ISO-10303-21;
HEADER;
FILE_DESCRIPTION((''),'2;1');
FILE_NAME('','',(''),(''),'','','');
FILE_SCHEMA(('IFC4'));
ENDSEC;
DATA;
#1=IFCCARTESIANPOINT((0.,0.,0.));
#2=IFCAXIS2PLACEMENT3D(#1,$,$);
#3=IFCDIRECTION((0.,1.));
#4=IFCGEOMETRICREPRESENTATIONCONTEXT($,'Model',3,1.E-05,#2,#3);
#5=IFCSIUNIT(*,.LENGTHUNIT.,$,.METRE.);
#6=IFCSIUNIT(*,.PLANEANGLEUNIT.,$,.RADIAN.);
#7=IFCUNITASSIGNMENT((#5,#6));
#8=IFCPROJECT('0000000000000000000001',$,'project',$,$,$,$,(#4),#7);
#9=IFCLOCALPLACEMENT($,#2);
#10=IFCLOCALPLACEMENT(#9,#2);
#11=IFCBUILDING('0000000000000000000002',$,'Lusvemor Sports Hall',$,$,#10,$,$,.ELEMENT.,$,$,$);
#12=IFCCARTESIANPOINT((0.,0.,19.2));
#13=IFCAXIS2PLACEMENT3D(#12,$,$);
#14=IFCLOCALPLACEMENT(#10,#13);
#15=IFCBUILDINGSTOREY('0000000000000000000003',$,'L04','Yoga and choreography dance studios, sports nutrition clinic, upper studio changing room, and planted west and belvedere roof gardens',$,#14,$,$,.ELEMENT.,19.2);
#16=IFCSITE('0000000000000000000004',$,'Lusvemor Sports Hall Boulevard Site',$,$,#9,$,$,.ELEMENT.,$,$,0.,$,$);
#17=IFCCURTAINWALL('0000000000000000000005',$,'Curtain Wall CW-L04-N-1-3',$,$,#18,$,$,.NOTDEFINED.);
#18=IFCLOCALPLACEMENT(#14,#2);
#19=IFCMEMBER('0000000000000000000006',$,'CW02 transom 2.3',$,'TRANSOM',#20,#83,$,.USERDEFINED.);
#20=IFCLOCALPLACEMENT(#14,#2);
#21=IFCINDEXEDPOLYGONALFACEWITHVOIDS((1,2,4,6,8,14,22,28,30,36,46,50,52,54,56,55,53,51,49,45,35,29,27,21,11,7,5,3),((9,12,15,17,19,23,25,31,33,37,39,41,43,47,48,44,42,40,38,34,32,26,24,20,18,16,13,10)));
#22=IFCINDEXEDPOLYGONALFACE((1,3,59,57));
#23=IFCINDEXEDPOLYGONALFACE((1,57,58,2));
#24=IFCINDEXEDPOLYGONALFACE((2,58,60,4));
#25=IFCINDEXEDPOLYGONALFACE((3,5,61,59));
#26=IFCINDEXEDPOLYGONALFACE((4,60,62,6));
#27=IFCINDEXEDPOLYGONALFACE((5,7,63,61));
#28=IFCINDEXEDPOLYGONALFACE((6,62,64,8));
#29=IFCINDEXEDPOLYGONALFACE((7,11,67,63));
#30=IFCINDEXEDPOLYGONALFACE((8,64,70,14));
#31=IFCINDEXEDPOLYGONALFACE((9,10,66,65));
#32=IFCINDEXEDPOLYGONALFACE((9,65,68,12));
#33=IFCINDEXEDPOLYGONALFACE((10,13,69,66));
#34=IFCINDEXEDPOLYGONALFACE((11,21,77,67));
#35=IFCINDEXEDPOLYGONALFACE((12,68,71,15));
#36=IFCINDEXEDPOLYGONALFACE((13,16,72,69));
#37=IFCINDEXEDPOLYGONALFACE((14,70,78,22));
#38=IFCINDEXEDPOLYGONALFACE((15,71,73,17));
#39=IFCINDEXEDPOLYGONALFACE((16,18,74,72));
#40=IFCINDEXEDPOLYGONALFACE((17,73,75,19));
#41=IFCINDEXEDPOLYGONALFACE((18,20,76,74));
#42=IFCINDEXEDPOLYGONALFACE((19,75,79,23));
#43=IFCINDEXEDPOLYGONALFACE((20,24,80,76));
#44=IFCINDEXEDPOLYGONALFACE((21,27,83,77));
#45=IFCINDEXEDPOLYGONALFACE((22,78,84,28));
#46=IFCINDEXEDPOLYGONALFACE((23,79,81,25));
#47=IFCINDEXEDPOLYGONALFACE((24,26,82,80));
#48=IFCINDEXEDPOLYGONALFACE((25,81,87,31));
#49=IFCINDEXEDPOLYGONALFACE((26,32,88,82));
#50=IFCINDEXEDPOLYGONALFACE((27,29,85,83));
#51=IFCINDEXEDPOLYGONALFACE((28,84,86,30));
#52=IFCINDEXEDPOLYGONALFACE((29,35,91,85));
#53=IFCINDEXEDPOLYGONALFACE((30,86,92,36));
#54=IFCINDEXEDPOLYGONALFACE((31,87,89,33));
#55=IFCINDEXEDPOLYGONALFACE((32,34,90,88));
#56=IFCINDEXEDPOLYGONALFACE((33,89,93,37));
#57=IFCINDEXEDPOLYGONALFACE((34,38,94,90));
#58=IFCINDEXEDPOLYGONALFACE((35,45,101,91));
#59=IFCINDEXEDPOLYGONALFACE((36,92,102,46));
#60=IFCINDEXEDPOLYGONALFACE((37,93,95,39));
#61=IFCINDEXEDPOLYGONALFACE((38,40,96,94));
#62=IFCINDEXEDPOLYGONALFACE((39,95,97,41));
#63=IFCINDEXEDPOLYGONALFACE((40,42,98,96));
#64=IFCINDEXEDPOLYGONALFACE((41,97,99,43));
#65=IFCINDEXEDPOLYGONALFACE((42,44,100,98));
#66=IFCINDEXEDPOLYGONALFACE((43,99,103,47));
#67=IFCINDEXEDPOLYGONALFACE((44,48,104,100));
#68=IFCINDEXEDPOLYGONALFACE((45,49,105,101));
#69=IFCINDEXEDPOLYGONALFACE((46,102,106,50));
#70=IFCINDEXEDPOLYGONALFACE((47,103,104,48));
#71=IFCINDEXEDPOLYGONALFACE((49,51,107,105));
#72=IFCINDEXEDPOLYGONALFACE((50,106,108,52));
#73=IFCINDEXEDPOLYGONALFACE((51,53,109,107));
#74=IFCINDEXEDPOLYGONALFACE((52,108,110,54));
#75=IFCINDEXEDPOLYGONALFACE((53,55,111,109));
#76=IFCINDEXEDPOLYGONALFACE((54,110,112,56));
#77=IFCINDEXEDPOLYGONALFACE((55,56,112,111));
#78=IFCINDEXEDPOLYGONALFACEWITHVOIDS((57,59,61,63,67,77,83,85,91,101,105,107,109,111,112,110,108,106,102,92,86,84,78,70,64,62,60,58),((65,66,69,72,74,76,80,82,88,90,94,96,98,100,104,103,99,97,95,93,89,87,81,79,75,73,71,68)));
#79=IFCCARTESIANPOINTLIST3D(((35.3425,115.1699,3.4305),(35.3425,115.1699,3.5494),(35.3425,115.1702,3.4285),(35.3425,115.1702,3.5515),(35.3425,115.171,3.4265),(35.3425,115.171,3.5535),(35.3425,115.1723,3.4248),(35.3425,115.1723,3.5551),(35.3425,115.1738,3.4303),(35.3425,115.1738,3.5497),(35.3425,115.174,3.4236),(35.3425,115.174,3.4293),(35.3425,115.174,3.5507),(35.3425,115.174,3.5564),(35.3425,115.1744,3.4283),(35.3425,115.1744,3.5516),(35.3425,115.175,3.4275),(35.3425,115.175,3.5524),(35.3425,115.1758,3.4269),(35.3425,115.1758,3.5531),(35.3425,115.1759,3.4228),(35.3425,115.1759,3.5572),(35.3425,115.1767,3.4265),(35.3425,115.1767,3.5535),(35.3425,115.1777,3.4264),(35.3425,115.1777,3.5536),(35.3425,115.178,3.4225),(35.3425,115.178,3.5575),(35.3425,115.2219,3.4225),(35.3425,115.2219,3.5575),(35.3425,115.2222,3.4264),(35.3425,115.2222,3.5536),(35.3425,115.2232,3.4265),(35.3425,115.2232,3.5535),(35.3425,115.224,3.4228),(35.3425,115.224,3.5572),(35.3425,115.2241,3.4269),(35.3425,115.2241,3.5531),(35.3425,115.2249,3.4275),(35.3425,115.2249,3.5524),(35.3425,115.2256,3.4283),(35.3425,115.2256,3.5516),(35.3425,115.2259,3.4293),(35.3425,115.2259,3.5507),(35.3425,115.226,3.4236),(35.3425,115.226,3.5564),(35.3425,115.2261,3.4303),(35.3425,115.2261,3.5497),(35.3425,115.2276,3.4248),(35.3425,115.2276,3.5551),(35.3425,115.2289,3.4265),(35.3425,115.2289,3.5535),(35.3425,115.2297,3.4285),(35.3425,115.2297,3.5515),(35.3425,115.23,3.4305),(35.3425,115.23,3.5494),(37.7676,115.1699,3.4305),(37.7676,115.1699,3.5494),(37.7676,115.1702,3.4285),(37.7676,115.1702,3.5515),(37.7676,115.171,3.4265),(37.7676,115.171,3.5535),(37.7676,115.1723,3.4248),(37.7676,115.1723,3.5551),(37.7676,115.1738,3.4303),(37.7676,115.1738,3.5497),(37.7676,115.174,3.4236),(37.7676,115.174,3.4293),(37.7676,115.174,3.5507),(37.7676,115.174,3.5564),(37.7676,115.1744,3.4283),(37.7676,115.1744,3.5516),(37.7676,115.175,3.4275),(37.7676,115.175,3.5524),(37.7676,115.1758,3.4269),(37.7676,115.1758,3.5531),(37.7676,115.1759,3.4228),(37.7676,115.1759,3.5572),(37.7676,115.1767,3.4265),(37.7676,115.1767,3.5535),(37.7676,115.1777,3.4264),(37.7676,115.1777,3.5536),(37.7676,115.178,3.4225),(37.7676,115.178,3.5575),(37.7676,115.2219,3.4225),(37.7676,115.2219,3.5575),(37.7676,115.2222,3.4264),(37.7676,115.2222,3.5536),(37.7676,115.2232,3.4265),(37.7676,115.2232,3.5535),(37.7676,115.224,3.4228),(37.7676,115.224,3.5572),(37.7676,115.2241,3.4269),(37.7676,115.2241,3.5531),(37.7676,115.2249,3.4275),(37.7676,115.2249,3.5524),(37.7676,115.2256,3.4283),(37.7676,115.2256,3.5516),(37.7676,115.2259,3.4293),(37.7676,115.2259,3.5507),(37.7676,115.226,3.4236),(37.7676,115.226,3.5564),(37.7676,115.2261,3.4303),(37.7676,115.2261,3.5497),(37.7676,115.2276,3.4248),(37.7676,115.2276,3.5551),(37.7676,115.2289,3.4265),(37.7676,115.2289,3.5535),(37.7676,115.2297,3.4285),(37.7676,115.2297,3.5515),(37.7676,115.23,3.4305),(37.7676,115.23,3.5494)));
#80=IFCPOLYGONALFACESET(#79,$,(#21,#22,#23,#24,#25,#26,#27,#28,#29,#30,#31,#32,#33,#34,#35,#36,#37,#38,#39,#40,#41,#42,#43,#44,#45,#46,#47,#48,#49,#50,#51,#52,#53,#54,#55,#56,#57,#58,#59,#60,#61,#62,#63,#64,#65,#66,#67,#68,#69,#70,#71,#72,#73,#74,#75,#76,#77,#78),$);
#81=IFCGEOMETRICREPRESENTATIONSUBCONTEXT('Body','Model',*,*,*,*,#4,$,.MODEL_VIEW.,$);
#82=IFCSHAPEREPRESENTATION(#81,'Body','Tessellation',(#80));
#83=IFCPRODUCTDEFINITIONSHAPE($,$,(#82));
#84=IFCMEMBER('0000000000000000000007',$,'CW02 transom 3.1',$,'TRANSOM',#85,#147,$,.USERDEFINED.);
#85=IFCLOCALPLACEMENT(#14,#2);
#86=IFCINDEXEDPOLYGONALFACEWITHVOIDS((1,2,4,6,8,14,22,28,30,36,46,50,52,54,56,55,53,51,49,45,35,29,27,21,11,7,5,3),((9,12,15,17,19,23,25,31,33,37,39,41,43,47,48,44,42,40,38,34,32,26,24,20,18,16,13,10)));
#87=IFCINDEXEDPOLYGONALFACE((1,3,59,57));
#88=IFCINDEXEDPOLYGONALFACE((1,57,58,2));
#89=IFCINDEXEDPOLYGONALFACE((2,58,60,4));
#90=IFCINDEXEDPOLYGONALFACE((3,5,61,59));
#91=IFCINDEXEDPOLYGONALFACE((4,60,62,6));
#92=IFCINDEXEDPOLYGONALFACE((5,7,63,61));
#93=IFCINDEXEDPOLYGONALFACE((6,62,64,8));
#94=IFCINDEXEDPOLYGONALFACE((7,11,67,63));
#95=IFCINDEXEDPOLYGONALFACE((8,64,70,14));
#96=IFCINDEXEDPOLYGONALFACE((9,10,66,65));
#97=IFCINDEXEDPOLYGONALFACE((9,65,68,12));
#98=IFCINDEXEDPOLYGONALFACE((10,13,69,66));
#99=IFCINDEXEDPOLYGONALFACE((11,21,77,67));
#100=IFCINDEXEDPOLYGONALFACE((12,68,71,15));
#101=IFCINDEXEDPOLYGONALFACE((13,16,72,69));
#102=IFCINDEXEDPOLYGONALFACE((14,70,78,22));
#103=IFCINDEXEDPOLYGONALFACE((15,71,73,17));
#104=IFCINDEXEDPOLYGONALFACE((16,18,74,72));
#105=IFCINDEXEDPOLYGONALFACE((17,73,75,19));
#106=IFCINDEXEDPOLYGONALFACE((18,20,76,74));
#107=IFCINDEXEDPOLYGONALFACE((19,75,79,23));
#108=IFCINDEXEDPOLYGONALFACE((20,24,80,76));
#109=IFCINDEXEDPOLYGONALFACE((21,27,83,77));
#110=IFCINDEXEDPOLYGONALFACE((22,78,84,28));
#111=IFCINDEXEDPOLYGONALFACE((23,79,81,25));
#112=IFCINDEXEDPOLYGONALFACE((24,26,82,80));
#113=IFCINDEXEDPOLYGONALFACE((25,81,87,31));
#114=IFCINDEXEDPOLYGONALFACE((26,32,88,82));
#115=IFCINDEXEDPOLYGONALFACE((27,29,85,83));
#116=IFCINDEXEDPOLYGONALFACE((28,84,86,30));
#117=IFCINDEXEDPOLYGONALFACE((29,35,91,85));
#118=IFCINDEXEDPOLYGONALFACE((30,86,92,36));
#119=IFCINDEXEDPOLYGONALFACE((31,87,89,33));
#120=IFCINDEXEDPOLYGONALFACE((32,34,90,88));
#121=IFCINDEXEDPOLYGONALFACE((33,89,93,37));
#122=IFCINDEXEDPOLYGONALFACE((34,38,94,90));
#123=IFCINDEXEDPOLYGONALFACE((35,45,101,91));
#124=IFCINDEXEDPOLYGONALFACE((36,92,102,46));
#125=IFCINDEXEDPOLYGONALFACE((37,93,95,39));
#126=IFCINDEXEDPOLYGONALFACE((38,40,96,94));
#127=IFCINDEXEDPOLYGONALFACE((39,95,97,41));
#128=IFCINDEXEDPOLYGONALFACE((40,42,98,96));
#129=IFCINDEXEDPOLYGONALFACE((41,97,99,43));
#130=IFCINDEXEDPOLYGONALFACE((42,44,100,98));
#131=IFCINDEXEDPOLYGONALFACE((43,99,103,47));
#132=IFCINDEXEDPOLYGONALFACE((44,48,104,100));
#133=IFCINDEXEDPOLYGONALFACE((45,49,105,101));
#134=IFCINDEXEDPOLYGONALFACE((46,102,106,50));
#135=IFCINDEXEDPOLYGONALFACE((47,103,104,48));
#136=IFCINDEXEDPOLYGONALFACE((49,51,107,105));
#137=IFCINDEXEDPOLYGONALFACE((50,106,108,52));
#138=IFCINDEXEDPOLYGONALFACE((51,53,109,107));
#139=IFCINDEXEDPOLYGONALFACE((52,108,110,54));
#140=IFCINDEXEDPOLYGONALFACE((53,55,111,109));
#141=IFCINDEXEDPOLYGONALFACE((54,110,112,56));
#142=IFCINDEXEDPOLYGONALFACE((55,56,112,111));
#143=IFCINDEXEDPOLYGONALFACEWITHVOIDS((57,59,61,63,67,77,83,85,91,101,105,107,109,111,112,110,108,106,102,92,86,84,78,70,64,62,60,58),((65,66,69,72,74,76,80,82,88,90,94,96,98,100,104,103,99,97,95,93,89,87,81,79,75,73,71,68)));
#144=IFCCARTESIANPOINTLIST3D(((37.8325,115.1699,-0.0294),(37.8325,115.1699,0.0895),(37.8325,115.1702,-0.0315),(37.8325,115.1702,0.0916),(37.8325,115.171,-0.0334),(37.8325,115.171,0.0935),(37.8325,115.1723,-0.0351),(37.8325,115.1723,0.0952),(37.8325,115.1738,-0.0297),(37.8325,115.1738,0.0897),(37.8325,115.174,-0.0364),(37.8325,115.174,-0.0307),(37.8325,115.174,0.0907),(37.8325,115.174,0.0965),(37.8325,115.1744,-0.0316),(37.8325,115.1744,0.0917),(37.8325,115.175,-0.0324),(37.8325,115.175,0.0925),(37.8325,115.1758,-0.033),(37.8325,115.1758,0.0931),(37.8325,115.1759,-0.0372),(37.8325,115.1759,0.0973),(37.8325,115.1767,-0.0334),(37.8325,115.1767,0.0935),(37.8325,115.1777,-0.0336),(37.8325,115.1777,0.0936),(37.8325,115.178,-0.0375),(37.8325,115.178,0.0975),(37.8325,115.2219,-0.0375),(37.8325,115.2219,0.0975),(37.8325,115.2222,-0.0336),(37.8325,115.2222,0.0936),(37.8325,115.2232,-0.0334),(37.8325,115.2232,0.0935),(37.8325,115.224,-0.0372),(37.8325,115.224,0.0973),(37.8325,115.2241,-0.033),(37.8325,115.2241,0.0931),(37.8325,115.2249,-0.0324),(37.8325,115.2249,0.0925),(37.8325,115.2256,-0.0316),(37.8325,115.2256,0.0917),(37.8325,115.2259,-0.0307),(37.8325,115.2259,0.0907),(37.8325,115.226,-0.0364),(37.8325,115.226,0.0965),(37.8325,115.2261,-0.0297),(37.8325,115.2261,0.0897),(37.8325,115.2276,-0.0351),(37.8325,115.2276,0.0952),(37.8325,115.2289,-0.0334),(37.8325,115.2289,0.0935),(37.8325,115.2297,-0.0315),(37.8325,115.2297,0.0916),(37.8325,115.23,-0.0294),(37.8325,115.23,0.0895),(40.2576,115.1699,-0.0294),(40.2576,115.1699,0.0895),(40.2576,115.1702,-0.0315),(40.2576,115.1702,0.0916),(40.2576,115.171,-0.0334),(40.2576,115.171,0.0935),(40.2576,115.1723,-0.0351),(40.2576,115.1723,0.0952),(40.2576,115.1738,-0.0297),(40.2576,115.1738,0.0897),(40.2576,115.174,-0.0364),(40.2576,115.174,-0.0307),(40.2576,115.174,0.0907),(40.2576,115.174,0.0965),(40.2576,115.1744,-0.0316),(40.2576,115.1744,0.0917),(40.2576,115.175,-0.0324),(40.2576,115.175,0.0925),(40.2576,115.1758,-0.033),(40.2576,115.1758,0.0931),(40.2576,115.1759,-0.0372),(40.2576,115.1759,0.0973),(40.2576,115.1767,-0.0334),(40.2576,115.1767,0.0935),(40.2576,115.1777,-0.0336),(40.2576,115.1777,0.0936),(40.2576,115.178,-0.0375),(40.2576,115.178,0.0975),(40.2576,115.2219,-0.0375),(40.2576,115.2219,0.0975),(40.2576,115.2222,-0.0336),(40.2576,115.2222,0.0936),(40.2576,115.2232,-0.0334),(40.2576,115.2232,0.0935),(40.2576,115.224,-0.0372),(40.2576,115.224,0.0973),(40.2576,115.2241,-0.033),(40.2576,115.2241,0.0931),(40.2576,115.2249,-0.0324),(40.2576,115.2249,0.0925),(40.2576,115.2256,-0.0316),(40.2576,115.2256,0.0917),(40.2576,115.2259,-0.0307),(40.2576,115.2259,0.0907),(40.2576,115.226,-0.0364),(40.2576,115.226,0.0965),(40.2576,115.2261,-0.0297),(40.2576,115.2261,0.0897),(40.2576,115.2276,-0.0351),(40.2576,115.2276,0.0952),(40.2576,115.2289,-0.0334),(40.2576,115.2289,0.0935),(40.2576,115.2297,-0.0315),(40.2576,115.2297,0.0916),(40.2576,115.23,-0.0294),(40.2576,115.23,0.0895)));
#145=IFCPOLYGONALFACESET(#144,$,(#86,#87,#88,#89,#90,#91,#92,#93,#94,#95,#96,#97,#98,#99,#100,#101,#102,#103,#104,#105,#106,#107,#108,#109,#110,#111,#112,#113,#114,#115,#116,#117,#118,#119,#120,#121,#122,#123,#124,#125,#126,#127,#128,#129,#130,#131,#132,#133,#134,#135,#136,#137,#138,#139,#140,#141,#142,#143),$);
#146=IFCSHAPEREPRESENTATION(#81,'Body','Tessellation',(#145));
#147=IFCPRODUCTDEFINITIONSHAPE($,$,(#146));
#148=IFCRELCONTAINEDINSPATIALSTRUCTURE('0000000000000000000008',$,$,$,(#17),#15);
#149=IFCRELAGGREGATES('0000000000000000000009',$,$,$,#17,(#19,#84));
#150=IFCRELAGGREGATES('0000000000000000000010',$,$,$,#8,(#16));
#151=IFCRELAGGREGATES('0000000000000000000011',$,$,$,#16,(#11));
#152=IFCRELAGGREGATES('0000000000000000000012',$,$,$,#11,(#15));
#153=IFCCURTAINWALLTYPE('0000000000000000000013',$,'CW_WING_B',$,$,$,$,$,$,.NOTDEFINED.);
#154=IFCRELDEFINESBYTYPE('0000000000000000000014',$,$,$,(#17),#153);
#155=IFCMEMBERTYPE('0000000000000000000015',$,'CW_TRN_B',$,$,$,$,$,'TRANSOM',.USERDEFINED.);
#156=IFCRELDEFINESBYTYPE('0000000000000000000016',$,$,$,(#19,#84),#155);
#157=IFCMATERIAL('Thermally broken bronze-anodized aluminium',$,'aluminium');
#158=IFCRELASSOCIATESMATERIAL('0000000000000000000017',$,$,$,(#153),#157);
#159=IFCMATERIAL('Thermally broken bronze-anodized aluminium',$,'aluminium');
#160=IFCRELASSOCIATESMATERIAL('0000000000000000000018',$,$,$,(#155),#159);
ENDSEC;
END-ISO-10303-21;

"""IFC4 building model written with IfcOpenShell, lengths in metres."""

from ifc_helpers import new_model, si_unit, direction, frame, origin, origin_2d, place, context, subcontext, project, spatial, hollow_rectangle, extrude, material, material_profile, profile_set, type_object, element, aggregate, save


model = new_model("IFC4")

# Units and contexts
model_context = context("Model", 3, precision=1e-05, world=origin(), true_north=direction((0.0, 1.0)))
body_context = subcontext(model_context, "Body", "Model", "MODEL_VIEW")
ifc_project = project(units=[si_unit("LENGTHUNIT", "METRE"), si_unit("PLANEANGLEUNIT", "RADIAN")], contexts=[model_context])

# Site, building, storey
site_placement = place(None, origin())
site = spatial("IfcSite", under=ifc_project, at=site_placement, Name="Lusvemor Sports Hall Boulevard Site", CompositionType="ELEMENT", RefElevation=0.0)
building_placement = place(site_placement, origin())
building = spatial("IfcBuilding", under=site, at=building_placement, Name="Lusvemor Sports Hall", CompositionType="ELEMENT")
storey_placement = place(building_placement, frame((0.0, 0.0, 19.2)))
storey = spatial("IfcBuildingStorey", under=building, at=storey_placement, Name="L04", Description="Yoga and choreography dance studios, sports nutrition clinic, upper studio changing room, and planted west and belvedere roof gardens", CompositionType="ELEMENT", Elevation=19.2)

# Curtain wall, members
ifc_material_1 = material(Name="Thermally broken bronze-anodized aluminium", Category="aluminium")
curtain_wall_type_1 = type_object("IfcCurtainWallType", Name="CW_WING_B", PredefinedType="NOTDEFINED", material=ifc_material_1)
curtain_wall_1_placement = place(storey_placement, origin())
curtain_wall_1 = element("IfcCurtainWall", 1, at=curtain_wall_1_placement, inside=storey, type_object=curtain_wall_type_1, Name="Curtain Wall CW-L04-N-1-3", PredefinedType="NOTDEFINED")
ifc_material_2 = material(Name="Thermally broken bronze-anodized aluminium", Category="aluminium")
ifc_material_profile_1 = material_profile(ifc_material_2, hollow_rectangle(XDim=0.0601, YDim=0.135, WallThickness=0.0039, InnerFilletRadius=0.0039, OuterFilletRadius=0.0081, at=origin_2d()), Name="CWTRN135x60x4")
ifc_profile_set_1 = profile_set([ifc_material_profile_1], Name="Thermally broken bronze-anodized aluminium")
member_type_1 = type_object("IfcMemberType", Name="CW_TRN_B", ElementType="TRANSOM", PredefinedType="USERDEFINED", material=ifc_profile_set_1)
member_1_placement = place(storey_placement, frame((35.3425, 115.2, 3.49), z_axis=(1.0, 0.0, 0.0), x_axis=(0.0, 1.0, 0.0)))
member_1 = element("IfcMember", 2, at=member_1_placement, type_object=member_type_1, Name="CW02 transom 2.3", ObjectType="TRANSOM", PredefinedType="USERDEFINED", context=body_context, shape_type="SweptSolid", body=[
    extrude(hollow_rectangle(XDim=0.0601, YDim=0.135, WallThickness=0.0039, InnerFilletRadius=0.0039, OuterFilletRadius=0.0081, at=origin_2d()), origin(), (0.0, 0.0, 1.0), 2.425),
])
member_2_placement = place(storey_placement, frame((37.8325, 115.2, 0.03), z_axis=(1.0, 0.0, 0.0), x_axis=(0.0, 1.0, 0.0)))
member_2 = element("IfcMember", 3, at=member_2_placement, type_object=member_type_1, Name="CW02 transom 3.1", ObjectType="TRANSOM", PredefinedType="USERDEFINED", context=body_context, shape_type="SweptSolid", body=[
    extrude(hollow_rectangle(XDim=0.0601, YDim=0.135, WallThickness=0.0039, InnerFilletRadius=0.0039, OuterFilletRadius=0.0081, at=origin_2d()), origin(), (0.0, 0.0, 1.0), 2.425),
])

aggregate(curtain_wall_1, [member_1, member_2])

save(model, "model.ifc")
